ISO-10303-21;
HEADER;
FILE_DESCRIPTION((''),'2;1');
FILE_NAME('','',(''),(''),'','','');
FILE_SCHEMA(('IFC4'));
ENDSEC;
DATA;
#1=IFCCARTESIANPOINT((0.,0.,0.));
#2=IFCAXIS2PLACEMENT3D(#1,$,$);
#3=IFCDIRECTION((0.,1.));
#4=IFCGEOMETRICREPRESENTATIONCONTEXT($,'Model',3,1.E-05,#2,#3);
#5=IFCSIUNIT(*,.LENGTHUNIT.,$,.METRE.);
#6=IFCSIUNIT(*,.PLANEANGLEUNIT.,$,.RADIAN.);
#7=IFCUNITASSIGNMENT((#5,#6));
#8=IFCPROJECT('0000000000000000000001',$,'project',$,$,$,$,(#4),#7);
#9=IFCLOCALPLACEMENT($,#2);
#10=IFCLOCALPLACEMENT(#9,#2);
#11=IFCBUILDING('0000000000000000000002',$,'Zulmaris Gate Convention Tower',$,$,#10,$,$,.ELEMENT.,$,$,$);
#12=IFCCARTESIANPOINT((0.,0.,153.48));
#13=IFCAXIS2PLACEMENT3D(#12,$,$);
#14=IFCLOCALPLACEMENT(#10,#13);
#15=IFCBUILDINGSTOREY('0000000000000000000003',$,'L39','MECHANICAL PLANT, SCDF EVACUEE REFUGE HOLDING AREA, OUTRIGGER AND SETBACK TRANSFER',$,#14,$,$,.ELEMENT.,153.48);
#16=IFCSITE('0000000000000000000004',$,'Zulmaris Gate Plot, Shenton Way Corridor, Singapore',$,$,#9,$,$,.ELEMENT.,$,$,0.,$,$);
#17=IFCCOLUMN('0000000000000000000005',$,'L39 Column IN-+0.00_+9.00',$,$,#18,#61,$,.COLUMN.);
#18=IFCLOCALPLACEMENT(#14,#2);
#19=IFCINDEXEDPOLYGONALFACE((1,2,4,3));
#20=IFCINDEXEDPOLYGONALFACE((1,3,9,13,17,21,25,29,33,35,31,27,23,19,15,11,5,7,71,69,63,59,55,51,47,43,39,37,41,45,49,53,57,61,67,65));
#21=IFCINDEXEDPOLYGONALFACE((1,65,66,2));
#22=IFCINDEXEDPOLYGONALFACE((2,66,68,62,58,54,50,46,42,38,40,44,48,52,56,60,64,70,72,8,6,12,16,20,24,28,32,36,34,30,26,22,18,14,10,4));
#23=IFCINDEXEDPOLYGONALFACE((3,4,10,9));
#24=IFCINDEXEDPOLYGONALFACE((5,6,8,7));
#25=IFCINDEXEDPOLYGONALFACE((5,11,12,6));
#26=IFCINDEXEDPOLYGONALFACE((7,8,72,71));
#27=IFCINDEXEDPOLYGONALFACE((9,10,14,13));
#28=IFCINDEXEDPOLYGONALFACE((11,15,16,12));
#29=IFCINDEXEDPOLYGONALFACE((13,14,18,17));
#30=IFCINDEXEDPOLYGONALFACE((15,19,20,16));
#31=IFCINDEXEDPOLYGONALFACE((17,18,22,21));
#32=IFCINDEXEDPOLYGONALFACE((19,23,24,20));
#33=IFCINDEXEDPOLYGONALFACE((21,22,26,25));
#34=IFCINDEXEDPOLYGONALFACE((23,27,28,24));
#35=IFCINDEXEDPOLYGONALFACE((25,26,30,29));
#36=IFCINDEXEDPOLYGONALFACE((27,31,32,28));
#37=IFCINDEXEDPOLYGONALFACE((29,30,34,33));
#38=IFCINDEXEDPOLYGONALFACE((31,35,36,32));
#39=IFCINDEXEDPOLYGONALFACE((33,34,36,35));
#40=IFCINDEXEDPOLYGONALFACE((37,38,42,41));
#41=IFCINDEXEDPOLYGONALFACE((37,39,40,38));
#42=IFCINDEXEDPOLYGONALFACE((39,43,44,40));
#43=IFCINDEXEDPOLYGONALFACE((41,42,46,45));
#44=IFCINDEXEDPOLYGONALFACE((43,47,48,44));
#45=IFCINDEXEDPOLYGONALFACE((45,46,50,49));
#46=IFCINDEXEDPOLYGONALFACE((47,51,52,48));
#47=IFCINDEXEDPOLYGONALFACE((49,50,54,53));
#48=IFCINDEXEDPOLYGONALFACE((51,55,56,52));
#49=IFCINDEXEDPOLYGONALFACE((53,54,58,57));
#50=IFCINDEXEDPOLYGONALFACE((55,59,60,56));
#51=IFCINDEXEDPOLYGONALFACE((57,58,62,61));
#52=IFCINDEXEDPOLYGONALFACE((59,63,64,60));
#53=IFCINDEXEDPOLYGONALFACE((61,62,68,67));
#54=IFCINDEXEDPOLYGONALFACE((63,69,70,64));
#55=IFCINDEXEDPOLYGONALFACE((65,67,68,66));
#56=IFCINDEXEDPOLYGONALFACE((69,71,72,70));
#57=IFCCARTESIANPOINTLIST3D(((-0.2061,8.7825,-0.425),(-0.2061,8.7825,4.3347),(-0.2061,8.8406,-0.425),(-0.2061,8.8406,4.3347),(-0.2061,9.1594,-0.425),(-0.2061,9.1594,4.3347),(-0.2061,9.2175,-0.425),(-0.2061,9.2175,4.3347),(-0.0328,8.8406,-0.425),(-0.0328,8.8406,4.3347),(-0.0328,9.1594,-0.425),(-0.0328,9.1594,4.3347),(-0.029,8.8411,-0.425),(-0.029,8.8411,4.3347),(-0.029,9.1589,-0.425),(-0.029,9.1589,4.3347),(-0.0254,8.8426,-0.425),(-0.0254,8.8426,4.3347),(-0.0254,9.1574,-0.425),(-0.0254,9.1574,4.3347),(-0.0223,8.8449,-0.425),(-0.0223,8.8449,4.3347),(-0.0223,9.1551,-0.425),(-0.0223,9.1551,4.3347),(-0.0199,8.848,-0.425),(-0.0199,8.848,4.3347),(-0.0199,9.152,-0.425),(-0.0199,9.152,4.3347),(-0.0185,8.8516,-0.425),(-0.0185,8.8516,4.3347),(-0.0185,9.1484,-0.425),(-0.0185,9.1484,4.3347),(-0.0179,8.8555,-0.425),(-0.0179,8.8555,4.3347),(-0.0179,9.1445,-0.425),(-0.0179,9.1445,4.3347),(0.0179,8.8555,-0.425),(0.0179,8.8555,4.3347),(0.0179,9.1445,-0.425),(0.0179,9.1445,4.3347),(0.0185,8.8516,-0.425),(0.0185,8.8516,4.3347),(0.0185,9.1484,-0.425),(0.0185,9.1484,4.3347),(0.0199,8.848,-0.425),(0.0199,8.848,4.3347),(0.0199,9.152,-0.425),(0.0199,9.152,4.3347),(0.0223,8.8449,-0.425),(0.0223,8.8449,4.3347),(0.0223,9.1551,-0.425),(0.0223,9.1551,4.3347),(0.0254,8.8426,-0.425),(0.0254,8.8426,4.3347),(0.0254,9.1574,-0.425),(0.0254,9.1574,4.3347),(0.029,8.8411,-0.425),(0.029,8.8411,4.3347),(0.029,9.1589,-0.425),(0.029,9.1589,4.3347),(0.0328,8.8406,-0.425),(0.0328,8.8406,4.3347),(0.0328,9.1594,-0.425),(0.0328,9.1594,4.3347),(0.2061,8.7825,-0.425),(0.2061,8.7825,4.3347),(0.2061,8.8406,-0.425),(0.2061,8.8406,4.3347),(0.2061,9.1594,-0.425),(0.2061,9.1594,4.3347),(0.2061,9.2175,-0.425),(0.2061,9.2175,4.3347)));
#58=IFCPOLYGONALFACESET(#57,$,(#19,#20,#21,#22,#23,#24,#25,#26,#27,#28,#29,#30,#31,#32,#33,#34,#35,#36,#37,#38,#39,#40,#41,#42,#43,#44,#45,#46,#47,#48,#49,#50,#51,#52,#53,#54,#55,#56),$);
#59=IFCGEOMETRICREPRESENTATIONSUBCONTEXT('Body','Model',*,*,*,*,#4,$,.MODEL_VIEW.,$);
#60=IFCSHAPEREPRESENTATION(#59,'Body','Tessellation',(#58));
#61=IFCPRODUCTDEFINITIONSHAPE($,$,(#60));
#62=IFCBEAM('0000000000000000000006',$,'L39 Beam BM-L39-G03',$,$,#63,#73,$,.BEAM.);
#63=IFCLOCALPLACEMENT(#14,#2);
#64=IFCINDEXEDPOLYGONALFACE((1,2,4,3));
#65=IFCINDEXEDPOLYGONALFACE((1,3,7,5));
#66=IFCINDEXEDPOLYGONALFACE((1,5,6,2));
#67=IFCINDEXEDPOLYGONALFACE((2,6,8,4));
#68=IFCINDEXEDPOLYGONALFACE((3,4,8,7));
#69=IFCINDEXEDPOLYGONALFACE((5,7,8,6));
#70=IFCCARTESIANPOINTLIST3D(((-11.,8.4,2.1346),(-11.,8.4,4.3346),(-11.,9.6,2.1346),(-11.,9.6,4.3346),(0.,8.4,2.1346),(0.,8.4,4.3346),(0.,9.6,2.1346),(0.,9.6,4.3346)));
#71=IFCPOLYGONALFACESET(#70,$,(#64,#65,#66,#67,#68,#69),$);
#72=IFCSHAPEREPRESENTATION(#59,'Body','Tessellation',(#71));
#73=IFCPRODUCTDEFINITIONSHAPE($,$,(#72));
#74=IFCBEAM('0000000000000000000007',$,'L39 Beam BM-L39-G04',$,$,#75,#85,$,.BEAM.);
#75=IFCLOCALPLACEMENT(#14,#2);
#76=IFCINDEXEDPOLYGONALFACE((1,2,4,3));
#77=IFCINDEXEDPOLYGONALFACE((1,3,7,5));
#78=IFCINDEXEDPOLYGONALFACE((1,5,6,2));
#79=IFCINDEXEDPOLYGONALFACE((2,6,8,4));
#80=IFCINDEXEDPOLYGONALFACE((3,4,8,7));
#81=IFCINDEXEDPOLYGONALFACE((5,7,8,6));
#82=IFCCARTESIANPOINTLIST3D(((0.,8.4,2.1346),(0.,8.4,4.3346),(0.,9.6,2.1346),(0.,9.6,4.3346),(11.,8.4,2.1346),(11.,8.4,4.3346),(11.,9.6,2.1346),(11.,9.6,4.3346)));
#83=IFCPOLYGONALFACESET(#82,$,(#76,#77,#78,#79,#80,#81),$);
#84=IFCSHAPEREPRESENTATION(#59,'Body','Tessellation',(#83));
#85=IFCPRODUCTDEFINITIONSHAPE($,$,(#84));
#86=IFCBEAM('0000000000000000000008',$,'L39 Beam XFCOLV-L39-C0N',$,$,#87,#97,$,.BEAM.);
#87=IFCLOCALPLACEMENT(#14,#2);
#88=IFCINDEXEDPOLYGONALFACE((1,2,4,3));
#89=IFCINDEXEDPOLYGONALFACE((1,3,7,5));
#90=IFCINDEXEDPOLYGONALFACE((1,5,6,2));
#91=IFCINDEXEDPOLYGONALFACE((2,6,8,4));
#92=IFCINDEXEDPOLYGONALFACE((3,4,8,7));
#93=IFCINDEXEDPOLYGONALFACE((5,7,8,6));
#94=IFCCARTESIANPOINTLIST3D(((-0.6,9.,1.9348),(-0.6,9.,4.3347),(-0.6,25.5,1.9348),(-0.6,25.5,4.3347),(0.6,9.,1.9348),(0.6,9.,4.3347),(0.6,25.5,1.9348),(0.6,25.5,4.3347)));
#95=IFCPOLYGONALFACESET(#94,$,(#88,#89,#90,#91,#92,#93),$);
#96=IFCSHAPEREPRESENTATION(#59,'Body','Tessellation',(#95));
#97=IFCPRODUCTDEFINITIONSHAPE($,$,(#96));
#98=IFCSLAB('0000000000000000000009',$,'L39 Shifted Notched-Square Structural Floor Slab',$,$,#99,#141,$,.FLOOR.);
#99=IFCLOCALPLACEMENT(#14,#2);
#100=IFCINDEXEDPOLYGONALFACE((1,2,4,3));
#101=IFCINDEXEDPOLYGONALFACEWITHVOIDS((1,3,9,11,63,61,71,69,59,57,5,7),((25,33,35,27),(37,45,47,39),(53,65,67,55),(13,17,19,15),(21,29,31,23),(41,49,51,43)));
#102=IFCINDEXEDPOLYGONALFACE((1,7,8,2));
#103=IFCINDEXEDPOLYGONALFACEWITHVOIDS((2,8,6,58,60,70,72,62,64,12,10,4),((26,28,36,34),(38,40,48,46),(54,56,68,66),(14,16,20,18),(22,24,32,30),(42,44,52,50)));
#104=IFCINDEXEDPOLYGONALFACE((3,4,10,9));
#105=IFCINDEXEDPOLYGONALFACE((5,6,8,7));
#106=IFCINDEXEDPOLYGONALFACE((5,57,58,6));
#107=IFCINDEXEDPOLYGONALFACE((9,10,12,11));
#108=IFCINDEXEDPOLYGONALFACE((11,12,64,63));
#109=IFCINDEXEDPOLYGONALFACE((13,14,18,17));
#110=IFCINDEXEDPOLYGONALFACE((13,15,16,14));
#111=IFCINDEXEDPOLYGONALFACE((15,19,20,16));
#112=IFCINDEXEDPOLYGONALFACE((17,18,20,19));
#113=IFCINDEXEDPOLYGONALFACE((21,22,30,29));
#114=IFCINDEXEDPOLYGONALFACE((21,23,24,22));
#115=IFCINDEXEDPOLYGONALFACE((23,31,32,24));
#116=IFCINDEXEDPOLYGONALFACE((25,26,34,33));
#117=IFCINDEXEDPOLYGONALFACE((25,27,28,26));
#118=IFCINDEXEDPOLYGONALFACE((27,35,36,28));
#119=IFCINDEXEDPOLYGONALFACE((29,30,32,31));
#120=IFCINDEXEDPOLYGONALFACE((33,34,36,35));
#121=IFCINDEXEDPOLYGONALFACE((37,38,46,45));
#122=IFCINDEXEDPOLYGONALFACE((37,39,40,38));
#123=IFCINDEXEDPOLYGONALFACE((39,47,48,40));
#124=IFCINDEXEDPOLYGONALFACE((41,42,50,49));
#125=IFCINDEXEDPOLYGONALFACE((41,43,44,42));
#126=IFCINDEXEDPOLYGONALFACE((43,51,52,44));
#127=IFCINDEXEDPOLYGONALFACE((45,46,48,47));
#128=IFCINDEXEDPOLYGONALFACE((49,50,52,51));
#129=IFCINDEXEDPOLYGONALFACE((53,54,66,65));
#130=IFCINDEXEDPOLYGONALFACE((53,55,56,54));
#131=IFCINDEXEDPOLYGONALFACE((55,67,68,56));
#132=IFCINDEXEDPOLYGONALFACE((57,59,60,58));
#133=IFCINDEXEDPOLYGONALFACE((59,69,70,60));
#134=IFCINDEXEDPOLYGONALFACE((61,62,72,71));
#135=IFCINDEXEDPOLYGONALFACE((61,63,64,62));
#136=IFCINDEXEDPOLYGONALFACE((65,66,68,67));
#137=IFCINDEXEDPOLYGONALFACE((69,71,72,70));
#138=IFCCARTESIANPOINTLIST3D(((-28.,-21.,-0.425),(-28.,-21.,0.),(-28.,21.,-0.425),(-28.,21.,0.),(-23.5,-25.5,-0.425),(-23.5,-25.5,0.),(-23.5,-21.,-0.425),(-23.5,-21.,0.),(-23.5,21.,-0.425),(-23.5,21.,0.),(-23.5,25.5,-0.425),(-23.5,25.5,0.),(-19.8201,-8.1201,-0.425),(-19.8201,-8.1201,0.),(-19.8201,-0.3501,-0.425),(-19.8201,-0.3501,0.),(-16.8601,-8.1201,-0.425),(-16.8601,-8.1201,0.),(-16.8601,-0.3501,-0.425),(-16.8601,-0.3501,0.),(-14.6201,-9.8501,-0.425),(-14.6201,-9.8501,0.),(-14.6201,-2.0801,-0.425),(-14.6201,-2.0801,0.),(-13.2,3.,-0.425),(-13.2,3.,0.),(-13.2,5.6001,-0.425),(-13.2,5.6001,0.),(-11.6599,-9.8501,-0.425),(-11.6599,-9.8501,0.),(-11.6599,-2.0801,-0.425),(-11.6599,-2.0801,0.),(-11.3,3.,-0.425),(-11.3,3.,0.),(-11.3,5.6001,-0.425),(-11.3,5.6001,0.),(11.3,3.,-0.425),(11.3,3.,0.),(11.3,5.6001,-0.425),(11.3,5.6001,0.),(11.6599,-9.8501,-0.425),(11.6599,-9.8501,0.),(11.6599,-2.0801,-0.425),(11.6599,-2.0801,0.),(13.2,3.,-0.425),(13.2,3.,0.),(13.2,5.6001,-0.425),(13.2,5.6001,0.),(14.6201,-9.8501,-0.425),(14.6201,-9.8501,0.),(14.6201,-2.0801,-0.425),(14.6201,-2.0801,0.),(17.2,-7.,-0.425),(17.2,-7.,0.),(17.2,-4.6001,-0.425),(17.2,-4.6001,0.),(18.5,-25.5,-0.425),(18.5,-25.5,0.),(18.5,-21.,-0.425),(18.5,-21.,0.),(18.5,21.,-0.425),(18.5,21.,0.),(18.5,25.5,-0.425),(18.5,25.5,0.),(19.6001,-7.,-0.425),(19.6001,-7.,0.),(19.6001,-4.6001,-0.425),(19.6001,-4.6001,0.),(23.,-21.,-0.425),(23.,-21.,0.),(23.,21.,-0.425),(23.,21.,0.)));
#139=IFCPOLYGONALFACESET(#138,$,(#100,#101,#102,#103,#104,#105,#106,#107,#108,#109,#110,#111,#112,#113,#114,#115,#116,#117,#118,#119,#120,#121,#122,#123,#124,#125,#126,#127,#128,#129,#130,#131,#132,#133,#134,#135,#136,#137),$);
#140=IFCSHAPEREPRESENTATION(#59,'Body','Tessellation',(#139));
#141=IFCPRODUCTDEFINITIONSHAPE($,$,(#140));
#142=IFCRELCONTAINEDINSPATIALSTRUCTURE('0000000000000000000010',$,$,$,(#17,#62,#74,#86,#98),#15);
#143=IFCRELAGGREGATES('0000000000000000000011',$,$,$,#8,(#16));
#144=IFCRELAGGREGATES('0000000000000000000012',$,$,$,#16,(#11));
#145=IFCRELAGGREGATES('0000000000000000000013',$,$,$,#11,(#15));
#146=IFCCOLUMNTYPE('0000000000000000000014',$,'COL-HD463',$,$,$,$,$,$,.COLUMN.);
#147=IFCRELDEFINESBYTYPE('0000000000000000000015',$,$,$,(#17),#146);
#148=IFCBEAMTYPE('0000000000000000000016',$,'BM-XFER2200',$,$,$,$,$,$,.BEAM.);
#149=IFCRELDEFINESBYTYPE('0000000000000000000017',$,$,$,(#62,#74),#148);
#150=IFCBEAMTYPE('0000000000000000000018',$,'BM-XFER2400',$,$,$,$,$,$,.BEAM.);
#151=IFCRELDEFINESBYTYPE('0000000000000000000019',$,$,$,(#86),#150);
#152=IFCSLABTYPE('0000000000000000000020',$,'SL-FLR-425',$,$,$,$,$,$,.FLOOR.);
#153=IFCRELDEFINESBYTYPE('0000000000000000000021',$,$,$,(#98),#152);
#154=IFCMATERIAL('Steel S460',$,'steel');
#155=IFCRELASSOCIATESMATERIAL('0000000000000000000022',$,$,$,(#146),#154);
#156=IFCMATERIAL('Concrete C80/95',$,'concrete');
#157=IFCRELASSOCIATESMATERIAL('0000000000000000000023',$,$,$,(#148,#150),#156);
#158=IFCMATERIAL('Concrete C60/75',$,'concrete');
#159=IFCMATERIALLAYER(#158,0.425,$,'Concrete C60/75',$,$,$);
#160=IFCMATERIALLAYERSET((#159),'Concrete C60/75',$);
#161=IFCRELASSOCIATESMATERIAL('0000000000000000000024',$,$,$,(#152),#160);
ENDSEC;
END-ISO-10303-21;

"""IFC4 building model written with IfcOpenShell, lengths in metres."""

from ifc_helpers import new_model, si_unit, direction, frame, origin, origin_2d, place, context, subcontext, project, spatial, polyline, rectangle, i_section, outline, extrude, material, layer, layer_set, material_profile, profile_set, type_object, element, save


model = new_model("IFC4")

# Units and contexts
model_context = context("Model", 3, precision=1e-05, world=origin(), true_north=direction((0.0, 1.0)))
body_context = subcontext(model_context, "Body", "Model", "MODEL_VIEW")
ifc_project = project(units=[si_unit("LENGTHUNIT", "METRE"), si_unit("PLANEANGLEUNIT", "RADIAN")], contexts=[model_context])

# Site, building, storey
site_placement = place(None, origin())
site = spatial("IfcSite", under=ifc_project, at=site_placement, Name="Zulmaris Gate Plot, Shenton Way Corridor, Singapore", CompositionType="ELEMENT", RefElevation=0.0)
building_placement = place(site_placement, origin())
building = spatial("IfcBuilding", under=site, at=building_placement, Name="Zulmaris Gate Convention Tower", CompositionType="ELEMENT")
storey_placement = place(building_placement, frame((0.0, 0.0, 153.48)))
storey = spatial("IfcBuildingStorey", under=building, at=storey_placement, Name="L39", Description="MECHANICAL PLANT, SCDF EVACUEE REFUGE HOLDING AREA, OUTRIGGER AND SETBACK TRANSFER", CompositionType="ELEMENT", Elevation=153.48)

# Column
ifc_material_1 = material(Name="Steel S460", Category="steel")
ifc_material_profile_1 = material_profile(ifc_material_1, i_section(OverallWidth=0.4121, OverallDepth=0.4351, WebThickness=0.0359, FlangeThickness=0.0581, FilletRadius=0.0149, at=origin_2d()), Name="HD 400x463")
ifc_profile_set_1 = profile_set([ifc_material_profile_1], Name="Steel S460")
column_type = type_object("IfcColumnType", Name="COL-HD463", PredefinedType="COLUMN", material=ifc_profile_set_1)
column_placement = place(storey_placement, frame((0.0, 9.0, -0.425), z_axis=(0.0, 0.0, 1.0), x_axis=(1.0, 0.0, 0.0)))
element("IfcColumn", 1, at=column_placement, inside=storey, type_object=column_type, Name="L39 Column IN-+0.00_+9.00", PredefinedType="COLUMN", context=body_context, shape_type="SweptSolid", body=[
    extrude(i_section(OverallWidth=0.4121, OverallDepth=0.4351, WebThickness=0.0359, FlangeThickness=0.0581, FilletRadius=0.0149, at=origin_2d()), origin(), (0.0, 0.0, 1.0), 4.7598),
])

# Beams
ifc_material_2 = material(Name="Concrete C80/95", Category="concrete")
ifc_material_profile_2 = material_profile(ifc_material_2, rectangle(XDim=1.2, YDim=2.2, at=origin_2d()), Name="RC TRANSFER 1200x2200")
ifc_profile_set_2 = profile_set([ifc_material_profile_2], Name="Concrete C80/95")
beam_type_1 = type_object("IfcBeamType", Name="BM-XFER2200", PredefinedType="BEAM", material=ifc_profile_set_2)
for number, where, z_axis, x_axis, name in (
    (2, (-11.0, 9.0, 3.2346), (1.0, 0.0, 0.0), (0.0, 1.0, 0.0), "L39 Beam BM-L39-G03"),
    (3, (0.0, 9.0, 3.2346), (1.0, 0.0, 0.0), (0.0, 1.0, 0.0), "L39 Beam BM-L39-G04"),
):
    element("IfcBeam", number, at=place(storey_placement, frame(where, z_axis=z_axis, x_axis=x_axis)), inside=storey, type_object=beam_type_1, Name=name, PredefinedType="BEAM", context=body_context, shape_type="SweptSolid", body=[
        extrude(rectangle(XDim=1.2, YDim=2.2, at=origin_2d()), origin(), (0.0, 0.0, 1.0), 11.0),
    ])
ifc_material_profile_3 = material_profile(ifc_material_2, rectangle(XDim=1.2, YDim=2.3999, at=origin_2d()), Name="RC TRANSFER 1200x2400")
ifc_profile_set_3 = profile_set([ifc_material_profile_3], Name="Concrete C80/95")
beam_type_2 = type_object("IfcBeamType", Name="BM-XFER2400", PredefinedType="BEAM", material=ifc_profile_set_3)
beam_placement = place(storey_placement, frame((0.0, 9.0, 3.1348), z_axis=(0.0, 1.0, 0.0), x_axis=(-1.0, 0.0, 0.0)))
element("IfcBeam", 4, at=beam_placement, inside=storey, type_object=beam_type_2, Name="L39 Beam XFCOLV-L39-C0N", PredefinedType="BEAM", context=body_context, shape_type="SweptSolid", body=[
    extrude(rectangle(XDim=1.2, YDim=2.3999, at=origin_2d()), origin(), (0.0, 0.0, 1.0), 16.5),
])

# Slab
ifc_material_3 = material(Name="Concrete C60/75", Category="concrete")
ifc_layer_1 = layer(ifc_material_3, 0.425, Name="Concrete C60/75")
ifc_layer_set_1 = layer_set([ifc_layer_1], Name="Concrete C60/75")
slab_type = type_object("IfcSlabType", Name="SL-FLR-425", PredefinedType="FLOOR", material=ifc_layer_set_1)
slab_placement = place(storey_placement, frame((0.0, 0.0, -0.425)))
element("IfcSlab", 5, at=slab_placement, inside=storey, type_object=slab_type, Name="L39 Shifted Notched-Square Structural Floor Slab", PredefinedType="FLOOR", context=body_context, shape_type="SweptSolid", body=[
    extrude(outline(polyline([(-23.5, -25.5), (18.5, -25.5), (18.5, -21.0), (23.0, -21.0), (23.0, 21.0), (18.5, 21.0), (18.5, 25.5), (-23.5, 25.5), (-23.5, 21.0), (-28.0, 21.0), (-28.0, -21.0), (-23.5, -21.0), (-23.5, -25.5)]), holes=[polyline([(-14.6201, -2.0801), (-14.6201, -9.8501), (-11.6599, -9.8501), (-11.6599, -2.0801), (-14.6201, -2.0801)]), polyline([(11.6599, -2.0801), (11.6599, -9.8501), (14.6201, -9.8501), (14.6201, -2.0801), (11.6599, -2.0801)]), polyline([(-16.8601, -8.1201), (-16.8601, -0.3501), (-19.8201, -0.3501), (-19.8201, -8.1201), (-16.8601, -8.1201)]), polyline([(-13.2, 3.0), (-11.3, 3.0), (-11.3, 5.6001), (-13.2, 5.6001), (-13.2, 3.0)]), polyline([(11.3, 3.0), (13.2, 3.0), (13.2, 5.6001), (11.3, 5.6001), (11.3, 3.0)]), polyline([(17.2, -7.0), (19.6001, -7.0), (19.6001, -4.6001), (17.2, -4.6001), (17.2, -7.0)])]), origin(), (0.0, 0.0, 1.0), 0.425),
])

save(model, "model.ifc")
